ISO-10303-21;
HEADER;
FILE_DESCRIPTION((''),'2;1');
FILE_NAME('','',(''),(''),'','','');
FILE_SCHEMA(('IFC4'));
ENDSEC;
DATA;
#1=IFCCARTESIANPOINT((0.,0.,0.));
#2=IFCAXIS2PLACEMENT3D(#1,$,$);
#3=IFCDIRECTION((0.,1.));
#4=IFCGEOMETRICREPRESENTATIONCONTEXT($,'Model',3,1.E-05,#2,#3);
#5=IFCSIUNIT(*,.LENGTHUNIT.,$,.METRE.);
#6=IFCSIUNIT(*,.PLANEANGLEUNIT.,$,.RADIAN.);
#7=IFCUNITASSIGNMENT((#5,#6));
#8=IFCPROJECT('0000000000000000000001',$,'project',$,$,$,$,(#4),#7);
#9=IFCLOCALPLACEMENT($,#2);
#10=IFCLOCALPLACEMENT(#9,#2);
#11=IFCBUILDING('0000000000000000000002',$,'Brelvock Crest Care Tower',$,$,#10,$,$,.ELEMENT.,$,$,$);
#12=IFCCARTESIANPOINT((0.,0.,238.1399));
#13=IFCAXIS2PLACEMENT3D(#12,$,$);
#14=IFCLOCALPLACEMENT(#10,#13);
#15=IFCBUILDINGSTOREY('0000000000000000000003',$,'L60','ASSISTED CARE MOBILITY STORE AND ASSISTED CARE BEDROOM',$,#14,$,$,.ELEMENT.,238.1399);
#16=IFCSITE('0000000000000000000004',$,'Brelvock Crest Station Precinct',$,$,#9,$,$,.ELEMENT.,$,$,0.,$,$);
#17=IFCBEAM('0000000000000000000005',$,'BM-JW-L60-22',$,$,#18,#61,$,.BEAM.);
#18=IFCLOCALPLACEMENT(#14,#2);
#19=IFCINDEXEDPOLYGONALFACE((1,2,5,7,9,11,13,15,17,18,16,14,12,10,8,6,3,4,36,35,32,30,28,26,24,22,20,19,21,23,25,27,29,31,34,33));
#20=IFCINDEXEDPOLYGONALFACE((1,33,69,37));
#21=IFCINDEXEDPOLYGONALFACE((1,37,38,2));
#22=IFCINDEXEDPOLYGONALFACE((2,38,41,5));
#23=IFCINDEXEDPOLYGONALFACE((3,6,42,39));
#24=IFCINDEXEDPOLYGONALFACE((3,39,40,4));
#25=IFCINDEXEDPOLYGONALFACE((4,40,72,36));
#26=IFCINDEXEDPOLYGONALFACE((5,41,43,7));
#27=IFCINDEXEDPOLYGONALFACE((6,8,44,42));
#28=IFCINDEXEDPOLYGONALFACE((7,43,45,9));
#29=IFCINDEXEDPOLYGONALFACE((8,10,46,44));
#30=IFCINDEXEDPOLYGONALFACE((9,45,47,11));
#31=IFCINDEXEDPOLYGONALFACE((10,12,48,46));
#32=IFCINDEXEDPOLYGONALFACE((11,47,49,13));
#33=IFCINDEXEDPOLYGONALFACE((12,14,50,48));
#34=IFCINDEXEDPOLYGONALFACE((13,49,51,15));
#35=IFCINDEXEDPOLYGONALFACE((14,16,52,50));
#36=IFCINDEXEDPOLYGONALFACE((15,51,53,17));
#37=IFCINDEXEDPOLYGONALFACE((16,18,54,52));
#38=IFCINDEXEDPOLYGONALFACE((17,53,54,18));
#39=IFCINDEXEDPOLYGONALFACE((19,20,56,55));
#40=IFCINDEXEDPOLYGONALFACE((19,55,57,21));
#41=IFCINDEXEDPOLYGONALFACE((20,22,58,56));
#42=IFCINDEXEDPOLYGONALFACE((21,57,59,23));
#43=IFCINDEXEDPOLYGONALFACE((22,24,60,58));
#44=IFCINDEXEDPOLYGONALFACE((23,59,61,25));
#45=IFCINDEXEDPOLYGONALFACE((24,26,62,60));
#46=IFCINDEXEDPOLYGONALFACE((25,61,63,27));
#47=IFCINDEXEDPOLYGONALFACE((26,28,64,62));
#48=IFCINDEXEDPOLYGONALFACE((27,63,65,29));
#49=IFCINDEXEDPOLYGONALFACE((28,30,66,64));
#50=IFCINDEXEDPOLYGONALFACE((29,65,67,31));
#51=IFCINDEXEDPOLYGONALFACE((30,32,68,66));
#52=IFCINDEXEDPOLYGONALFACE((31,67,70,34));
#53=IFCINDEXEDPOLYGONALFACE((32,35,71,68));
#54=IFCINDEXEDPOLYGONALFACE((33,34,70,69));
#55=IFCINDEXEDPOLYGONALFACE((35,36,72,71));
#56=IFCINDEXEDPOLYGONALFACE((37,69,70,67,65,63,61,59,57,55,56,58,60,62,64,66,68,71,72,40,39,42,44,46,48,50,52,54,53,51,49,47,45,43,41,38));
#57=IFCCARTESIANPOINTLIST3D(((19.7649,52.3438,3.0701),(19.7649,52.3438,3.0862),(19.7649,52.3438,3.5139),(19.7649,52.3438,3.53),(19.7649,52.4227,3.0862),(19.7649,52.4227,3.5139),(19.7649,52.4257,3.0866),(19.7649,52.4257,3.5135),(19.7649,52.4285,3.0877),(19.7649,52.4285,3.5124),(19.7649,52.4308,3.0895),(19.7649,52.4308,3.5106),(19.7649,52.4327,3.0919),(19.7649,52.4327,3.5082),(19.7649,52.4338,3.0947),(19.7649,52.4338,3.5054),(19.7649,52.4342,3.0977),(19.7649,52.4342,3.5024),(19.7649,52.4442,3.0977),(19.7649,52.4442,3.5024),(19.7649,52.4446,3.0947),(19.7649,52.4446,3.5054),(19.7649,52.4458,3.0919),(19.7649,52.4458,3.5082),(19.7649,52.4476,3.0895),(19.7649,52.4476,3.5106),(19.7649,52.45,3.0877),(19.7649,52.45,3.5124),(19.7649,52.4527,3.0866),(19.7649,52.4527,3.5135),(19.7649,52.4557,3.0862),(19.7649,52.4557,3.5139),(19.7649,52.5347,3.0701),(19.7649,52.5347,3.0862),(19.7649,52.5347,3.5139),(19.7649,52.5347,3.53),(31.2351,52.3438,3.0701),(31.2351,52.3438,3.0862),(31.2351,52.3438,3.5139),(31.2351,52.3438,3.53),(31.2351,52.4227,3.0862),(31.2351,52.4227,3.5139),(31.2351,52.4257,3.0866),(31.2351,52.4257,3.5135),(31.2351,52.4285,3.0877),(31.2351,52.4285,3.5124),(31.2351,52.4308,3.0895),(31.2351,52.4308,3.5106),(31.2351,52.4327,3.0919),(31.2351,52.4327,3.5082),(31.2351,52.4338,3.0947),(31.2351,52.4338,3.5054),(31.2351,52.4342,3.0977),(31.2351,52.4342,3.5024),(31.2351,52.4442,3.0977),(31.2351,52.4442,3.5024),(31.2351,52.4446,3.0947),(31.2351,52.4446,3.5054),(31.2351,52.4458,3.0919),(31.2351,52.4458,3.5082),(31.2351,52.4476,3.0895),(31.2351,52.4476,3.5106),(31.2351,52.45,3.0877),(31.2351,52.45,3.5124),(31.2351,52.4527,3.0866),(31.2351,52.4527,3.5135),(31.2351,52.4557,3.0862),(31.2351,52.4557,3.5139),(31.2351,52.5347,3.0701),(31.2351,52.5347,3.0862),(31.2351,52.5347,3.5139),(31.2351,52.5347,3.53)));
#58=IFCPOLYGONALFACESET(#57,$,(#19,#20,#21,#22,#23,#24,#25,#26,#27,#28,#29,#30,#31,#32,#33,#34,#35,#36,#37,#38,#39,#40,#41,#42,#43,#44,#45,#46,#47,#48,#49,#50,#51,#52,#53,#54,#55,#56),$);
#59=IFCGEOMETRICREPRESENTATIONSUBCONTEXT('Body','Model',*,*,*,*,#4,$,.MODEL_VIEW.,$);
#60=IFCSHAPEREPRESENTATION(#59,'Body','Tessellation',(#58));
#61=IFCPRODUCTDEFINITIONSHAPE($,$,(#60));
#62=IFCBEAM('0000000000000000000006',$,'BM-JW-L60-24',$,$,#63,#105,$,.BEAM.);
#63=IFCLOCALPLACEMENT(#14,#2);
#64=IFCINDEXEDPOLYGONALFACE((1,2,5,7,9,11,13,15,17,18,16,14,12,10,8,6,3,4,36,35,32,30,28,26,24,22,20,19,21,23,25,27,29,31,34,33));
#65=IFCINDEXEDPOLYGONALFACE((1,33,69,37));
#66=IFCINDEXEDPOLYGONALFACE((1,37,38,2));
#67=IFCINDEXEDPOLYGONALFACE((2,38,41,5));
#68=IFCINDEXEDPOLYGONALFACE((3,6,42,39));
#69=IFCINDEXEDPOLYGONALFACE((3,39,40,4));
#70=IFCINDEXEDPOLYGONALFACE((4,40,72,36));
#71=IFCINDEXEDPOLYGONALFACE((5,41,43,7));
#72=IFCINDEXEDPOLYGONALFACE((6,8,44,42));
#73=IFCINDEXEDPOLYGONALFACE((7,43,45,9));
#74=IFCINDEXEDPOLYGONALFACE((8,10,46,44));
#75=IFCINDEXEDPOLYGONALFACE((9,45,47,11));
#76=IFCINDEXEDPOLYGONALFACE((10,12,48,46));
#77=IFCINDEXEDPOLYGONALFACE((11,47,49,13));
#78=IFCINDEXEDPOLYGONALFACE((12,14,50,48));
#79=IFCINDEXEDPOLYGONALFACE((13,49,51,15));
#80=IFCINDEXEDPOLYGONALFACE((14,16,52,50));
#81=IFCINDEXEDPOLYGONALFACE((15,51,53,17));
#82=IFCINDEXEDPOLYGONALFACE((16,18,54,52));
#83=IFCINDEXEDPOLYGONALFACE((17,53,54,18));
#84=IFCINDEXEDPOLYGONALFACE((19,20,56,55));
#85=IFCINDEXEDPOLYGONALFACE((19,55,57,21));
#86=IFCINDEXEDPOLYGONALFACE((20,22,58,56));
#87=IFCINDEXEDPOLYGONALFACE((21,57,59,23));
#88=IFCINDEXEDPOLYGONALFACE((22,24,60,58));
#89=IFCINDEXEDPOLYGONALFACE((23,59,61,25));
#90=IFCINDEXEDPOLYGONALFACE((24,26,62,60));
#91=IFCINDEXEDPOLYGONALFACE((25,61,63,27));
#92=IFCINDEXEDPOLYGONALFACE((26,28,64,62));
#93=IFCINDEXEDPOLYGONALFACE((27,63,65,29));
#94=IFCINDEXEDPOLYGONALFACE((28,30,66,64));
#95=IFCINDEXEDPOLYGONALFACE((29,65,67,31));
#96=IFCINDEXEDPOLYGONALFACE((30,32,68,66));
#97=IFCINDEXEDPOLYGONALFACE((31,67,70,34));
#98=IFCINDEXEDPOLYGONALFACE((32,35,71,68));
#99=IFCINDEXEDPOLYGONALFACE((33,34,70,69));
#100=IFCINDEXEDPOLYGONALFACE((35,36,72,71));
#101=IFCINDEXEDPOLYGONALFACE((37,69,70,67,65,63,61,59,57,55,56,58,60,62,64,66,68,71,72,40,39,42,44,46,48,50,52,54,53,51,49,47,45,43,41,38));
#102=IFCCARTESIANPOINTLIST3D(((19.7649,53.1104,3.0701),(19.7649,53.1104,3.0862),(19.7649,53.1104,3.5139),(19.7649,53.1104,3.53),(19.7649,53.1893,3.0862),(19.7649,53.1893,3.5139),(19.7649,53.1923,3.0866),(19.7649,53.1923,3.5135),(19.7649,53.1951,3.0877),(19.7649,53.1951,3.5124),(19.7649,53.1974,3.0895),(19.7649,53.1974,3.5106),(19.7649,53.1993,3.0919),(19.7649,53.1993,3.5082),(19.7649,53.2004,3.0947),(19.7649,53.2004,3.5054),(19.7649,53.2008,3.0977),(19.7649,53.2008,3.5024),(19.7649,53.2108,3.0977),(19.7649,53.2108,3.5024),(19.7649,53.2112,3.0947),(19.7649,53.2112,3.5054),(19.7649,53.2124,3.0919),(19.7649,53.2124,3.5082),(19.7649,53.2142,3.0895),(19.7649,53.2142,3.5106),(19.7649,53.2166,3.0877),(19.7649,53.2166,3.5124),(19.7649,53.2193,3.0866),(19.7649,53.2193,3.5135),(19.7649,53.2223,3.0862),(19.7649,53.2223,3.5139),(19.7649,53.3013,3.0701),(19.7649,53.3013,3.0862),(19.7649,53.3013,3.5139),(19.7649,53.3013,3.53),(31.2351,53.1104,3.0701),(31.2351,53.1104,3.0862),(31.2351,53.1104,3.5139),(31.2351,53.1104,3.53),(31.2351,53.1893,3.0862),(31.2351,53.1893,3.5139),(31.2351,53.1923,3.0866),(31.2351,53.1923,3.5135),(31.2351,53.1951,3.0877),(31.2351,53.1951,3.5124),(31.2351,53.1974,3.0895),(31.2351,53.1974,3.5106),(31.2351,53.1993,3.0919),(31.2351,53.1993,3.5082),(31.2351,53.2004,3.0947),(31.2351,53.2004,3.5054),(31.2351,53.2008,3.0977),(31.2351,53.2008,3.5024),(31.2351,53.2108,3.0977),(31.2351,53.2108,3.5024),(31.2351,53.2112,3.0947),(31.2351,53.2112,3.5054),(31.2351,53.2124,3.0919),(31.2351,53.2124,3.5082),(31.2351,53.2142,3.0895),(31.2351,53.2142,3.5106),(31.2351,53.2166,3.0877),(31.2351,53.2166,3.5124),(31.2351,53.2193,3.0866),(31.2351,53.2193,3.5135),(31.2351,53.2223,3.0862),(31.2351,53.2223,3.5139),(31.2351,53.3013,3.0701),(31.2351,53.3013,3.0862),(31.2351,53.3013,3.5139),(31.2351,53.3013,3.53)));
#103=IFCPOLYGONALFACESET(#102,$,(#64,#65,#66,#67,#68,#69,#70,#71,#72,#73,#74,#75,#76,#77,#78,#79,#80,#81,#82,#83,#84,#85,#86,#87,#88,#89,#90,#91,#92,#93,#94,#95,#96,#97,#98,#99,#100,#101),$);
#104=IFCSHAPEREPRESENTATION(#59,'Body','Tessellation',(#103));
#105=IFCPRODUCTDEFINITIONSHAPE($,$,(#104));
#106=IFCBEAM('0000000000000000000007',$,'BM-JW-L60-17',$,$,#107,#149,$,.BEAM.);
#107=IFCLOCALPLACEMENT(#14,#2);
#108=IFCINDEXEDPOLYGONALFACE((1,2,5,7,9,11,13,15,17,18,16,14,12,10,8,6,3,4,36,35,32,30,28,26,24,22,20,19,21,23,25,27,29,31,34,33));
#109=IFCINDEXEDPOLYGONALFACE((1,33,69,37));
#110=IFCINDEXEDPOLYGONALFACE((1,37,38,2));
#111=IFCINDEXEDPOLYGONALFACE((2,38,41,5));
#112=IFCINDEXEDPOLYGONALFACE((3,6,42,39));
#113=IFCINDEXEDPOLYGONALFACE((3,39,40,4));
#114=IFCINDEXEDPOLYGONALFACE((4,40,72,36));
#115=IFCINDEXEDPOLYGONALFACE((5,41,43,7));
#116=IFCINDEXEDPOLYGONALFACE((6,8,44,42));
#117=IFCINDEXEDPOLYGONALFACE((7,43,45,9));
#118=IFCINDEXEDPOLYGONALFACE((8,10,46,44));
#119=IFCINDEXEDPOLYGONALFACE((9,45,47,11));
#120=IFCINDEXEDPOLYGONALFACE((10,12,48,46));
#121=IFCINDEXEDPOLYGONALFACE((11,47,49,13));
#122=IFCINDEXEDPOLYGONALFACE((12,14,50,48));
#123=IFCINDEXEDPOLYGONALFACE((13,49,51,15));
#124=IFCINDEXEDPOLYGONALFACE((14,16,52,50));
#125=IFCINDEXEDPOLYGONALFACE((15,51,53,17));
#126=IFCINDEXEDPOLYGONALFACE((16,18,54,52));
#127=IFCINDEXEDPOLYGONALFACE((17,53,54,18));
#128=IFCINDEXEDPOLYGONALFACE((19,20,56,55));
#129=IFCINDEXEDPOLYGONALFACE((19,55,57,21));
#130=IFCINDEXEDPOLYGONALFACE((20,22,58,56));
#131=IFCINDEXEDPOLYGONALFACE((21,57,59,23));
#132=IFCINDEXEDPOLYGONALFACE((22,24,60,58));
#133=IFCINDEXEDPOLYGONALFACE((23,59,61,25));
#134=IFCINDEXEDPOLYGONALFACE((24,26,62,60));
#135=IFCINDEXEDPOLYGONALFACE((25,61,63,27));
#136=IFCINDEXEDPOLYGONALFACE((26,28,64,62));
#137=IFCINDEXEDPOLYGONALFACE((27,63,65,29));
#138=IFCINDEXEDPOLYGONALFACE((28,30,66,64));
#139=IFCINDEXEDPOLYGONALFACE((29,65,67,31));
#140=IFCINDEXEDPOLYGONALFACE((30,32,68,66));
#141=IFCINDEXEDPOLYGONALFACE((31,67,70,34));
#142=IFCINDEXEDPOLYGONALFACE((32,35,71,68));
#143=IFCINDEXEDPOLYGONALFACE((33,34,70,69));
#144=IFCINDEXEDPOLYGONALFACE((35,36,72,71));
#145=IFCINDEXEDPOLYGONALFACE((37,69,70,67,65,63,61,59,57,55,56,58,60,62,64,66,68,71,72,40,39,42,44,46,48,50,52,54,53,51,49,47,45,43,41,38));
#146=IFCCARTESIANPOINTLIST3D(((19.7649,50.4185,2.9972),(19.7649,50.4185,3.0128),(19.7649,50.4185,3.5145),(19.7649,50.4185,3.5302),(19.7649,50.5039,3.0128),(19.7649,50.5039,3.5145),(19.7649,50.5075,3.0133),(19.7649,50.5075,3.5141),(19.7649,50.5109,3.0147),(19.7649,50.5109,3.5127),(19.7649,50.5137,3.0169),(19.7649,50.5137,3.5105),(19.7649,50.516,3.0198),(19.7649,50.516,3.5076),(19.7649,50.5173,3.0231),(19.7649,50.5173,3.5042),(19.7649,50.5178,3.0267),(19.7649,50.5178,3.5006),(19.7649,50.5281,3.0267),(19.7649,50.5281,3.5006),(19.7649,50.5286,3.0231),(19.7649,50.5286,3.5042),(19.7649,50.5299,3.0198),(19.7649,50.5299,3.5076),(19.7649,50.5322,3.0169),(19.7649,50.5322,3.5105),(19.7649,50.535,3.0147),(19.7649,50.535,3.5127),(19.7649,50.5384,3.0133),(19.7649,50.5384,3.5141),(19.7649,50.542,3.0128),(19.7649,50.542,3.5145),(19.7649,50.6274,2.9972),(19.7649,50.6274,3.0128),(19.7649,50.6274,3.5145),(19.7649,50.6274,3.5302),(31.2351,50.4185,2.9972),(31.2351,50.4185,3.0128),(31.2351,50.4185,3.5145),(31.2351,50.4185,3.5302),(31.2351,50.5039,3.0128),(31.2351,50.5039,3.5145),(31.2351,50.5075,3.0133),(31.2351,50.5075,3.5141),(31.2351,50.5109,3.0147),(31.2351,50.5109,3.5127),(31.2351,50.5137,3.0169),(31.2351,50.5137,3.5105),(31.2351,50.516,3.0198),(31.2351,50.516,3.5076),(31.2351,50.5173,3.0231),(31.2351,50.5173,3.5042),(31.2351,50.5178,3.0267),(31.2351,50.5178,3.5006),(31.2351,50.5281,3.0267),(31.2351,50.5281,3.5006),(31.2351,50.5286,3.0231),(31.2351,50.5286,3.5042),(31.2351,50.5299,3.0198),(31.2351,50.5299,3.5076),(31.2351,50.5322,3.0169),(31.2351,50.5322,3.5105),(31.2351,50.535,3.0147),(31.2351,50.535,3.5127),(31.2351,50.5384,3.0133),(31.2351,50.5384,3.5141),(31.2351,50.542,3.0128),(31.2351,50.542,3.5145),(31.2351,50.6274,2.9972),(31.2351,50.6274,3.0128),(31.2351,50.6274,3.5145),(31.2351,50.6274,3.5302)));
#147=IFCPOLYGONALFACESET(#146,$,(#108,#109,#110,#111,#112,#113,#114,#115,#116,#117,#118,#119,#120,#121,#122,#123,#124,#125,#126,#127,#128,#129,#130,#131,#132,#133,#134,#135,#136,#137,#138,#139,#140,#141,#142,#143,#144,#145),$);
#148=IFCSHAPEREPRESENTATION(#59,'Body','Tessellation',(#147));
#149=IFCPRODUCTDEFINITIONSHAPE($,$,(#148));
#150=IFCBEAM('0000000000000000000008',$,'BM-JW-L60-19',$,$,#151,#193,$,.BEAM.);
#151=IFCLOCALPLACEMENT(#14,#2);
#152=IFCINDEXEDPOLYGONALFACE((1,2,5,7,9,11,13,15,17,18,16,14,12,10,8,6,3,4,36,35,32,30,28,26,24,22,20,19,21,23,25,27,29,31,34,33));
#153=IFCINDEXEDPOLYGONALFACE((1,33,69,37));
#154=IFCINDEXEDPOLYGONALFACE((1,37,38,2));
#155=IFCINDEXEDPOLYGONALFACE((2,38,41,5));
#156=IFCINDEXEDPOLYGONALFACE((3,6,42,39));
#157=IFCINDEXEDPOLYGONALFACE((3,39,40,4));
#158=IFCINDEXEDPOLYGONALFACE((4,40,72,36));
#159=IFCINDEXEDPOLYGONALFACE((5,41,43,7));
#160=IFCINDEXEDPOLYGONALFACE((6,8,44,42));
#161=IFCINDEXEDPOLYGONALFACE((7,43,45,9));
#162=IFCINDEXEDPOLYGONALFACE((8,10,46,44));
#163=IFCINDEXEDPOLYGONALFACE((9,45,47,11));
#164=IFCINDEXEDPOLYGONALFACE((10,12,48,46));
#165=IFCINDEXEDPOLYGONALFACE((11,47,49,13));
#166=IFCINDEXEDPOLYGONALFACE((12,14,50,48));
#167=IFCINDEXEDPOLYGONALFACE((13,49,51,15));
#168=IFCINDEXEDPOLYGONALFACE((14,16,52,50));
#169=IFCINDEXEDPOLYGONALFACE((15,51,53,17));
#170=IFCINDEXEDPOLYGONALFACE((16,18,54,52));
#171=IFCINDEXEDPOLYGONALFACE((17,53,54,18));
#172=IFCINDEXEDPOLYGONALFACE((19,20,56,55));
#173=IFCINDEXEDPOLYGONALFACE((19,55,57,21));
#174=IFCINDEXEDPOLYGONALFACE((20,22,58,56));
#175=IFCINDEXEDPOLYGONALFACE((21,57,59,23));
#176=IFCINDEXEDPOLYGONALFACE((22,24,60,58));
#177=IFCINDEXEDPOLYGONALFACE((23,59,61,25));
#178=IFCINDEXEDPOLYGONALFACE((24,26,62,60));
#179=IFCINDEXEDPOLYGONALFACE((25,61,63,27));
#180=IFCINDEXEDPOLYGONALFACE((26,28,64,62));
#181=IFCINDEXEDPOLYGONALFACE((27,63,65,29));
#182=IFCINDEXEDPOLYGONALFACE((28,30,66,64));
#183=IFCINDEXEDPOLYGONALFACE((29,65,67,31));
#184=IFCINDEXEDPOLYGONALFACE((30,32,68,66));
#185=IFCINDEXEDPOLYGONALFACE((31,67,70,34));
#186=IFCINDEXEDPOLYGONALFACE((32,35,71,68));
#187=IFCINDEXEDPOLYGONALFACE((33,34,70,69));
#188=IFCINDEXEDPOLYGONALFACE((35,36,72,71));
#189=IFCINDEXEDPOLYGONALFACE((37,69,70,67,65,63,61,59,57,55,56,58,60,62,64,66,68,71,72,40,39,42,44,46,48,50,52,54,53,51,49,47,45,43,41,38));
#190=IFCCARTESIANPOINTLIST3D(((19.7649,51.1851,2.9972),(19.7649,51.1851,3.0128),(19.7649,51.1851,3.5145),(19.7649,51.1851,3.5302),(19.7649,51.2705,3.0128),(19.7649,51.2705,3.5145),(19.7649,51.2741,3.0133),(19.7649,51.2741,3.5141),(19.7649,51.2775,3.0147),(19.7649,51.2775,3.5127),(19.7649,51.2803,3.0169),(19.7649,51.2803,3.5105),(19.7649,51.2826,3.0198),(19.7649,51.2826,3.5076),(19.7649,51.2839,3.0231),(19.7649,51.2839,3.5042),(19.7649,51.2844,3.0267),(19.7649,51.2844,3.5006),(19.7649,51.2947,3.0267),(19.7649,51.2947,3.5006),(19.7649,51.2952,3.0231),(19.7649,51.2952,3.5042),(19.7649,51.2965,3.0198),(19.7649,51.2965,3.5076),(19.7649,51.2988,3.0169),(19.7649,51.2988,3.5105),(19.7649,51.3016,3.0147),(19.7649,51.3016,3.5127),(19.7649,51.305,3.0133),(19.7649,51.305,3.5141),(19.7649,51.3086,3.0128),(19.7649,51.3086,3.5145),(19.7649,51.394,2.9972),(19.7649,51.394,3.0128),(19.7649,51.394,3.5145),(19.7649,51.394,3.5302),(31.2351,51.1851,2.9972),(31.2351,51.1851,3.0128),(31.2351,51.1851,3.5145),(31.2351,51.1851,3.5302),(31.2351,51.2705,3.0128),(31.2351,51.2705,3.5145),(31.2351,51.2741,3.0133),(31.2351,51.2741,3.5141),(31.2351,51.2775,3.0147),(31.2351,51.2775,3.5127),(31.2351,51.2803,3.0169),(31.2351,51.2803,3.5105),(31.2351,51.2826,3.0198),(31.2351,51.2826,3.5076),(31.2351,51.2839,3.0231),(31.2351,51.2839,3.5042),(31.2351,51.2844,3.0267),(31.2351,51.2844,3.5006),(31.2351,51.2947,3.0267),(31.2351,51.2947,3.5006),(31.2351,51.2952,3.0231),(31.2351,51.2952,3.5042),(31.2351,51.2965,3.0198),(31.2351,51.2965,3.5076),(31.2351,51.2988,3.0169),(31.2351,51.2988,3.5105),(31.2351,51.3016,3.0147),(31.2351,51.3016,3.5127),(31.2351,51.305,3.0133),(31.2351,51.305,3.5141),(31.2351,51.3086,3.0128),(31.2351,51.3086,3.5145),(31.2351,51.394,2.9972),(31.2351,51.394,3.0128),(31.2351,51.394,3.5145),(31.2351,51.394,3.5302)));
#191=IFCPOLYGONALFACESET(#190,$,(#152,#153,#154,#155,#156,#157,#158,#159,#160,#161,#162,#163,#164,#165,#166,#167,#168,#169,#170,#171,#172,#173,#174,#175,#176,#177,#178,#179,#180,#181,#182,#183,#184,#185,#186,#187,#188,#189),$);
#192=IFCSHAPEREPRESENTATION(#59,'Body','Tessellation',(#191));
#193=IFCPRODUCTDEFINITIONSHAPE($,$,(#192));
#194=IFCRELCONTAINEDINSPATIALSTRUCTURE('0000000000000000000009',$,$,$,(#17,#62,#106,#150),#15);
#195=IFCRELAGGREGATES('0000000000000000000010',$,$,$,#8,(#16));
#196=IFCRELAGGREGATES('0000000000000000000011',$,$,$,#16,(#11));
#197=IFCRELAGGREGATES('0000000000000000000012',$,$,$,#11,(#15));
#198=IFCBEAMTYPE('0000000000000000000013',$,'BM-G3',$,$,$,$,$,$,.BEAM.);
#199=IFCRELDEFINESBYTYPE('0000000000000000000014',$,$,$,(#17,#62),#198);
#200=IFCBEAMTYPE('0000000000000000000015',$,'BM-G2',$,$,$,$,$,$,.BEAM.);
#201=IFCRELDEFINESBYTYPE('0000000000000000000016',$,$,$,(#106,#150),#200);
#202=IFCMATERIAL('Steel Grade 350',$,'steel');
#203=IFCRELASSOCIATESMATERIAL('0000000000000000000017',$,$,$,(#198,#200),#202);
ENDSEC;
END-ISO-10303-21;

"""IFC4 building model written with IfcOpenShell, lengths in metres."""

from ifc_helpers import new_model, si_unit, direction, frame, origin, origin_2d, place, context, subcontext, project, spatial, i_section, extrude, source, transform, mapped, material, material_profile, profile_set, type_object, element, save


model = new_model("IFC4")

# Units and contexts
model_context = context("Model", 3, precision=1e-05, world=origin(), true_north=direction((0.0, 1.0)))
body_context = subcontext(model_context, "Body", "Model", "MODEL_VIEW")
ifc_project = project(units=[si_unit("LENGTHUNIT", "METRE"), si_unit("PLANEANGLEUNIT", "RADIAN")], contexts=[model_context])

# Site, building, storey
site_placement = place(None, origin())
site = spatial("IfcSite", under=ifc_project, at=site_placement, Name="Brelvock Crest Station Precinct", CompositionType="ELEMENT", RefElevation=0.0)
building_placement = place(site_placement, origin())
building = spatial("IfcBuilding", under=site, at=building_placement, Name="Brelvock Crest Care Tower", CompositionType="ELEMENT")
storey_placement = place(building_placement, frame((0.0, 0.0, 238.1399)))
storey = spatial("IfcBuildingStorey", under=building, at=storey_placement, Name="L60", Description="ASSISTED CARE MOBILITY STORE AND ASSISTED CARE BEDROOM", CompositionType="ELEMENT", Elevation=238.1399)

# Beams
ifc_material_1 = material(Name="Steel Grade 350", Category="steel")
ifc_material_profile_1 = material_profile(ifc_material_1, i_section(OverallWidth=0.1909, OverallDepth=0.46, WebThickness=0.01, FlangeThickness=0.0161, FilletRadius=0.0115, at=origin_2d()), Name="460UB82.1")
ifc_profile_set_1 = profile_set([ifc_material_profile_1], Name="Steel Grade 350")
beam_type_1 = type_object("IfcBeamType", Name="BM-G3", PredefinedType="BEAM", material=ifc_profile_set_1)
shared_shape_1 = source(origin(), body_context, "Body", "SweptSolid", [
    extrude(i_section(OverallWidth=0.1909, OverallDepth=0.46, WebThickness=0.01, FlangeThickness=0.0161, FilletRadius=0.0115, at=origin_2d()), origin(), (0.0, 0.0, 1.0), 11.4702),
])
for number, where, z_axis, x_axis, name in (
    (1, (19.7649, 52.4392, 3.3), (1.0, 0.0, 0.0), (0.0, 1.0, 0.0), "BM-JW-L60-22"),
    (2, (19.7649, 53.2058, 3.3), (1.0, 0.0, 0.0), (0.0, 1.0, 0.0), "BM-JW-L60-24"),
):
    element("IfcBeam", number, at=place(storey_placement, frame(where, z_axis=z_axis, x_axis=x_axis)), inside=storey, type_object=beam_type_1, Name=name, PredefinedType="BEAM", context=body_context, shape_type="MappedRepresentation", body=[
        mapped(shared_shape_1, transform((0.0, 0.0, 0.0), x_axis=(1.0, 0.0, 0.0), y_axis=(0.0, 1.0, 0.0), z_axis=(0.0, 0.0, 1.0), scale=1.0)),
    ])
ifc_material_profile_2 = material_profile(ifc_material_1, i_section(OverallWidth=0.209, OverallDepth=0.533, WebThickness=0.0103, FlangeThickness=0.0156, FilletRadius=0.0139, at=origin_2d()), Name="530UB92.4")
ifc_profile_set_2 = profile_set([ifc_material_profile_2], Name="Steel Grade 350")
beam_type_2 = type_object("IfcBeamType", Name="BM-G2", PredefinedType="BEAM", material=ifc_profile_set_2)
shared_shape_2 = source(origin(), body_context, "Body", "SweptSolid", [
    extrude(i_section(OverallWidth=0.209, OverallDepth=0.533, WebThickness=0.0103, FlangeThickness=0.0156, FilletRadius=0.0139, at=origin_2d()), origin(), (0.0, 0.0, 1.0), 11.4702),
])
for number, where, z_axis, x_axis, name in (
    (3, (19.7649, 50.5229, 3.2637), (1.0, 0.0, 0.0), (0.0, 1.0, 0.0), "BM-JW-L60-17"),
    (4, (19.7649, 51.2896, 3.2637), (1.0, 0.0, 0.0), (0.0, 1.0, 0.0), "BM-JW-L60-19"),
):
    element("IfcBeam", number, at=place(storey_placement, frame(where, z_axis=z_axis, x_axis=x_axis)), inside=storey, type_object=beam_type_2, Name=name, PredefinedType="BEAM", context=body_context, shape_type="MappedRepresentation", body=[
        mapped(shared_shape_2, transform((0.0, 0.0, 0.0), x_axis=(1.0, 0.0, 0.0), y_axis=(0.0, 1.0, 0.0), z_axis=(0.0, 0.0, 1.0), scale=1.0)),
    ])

save(model, "model.ifc")
